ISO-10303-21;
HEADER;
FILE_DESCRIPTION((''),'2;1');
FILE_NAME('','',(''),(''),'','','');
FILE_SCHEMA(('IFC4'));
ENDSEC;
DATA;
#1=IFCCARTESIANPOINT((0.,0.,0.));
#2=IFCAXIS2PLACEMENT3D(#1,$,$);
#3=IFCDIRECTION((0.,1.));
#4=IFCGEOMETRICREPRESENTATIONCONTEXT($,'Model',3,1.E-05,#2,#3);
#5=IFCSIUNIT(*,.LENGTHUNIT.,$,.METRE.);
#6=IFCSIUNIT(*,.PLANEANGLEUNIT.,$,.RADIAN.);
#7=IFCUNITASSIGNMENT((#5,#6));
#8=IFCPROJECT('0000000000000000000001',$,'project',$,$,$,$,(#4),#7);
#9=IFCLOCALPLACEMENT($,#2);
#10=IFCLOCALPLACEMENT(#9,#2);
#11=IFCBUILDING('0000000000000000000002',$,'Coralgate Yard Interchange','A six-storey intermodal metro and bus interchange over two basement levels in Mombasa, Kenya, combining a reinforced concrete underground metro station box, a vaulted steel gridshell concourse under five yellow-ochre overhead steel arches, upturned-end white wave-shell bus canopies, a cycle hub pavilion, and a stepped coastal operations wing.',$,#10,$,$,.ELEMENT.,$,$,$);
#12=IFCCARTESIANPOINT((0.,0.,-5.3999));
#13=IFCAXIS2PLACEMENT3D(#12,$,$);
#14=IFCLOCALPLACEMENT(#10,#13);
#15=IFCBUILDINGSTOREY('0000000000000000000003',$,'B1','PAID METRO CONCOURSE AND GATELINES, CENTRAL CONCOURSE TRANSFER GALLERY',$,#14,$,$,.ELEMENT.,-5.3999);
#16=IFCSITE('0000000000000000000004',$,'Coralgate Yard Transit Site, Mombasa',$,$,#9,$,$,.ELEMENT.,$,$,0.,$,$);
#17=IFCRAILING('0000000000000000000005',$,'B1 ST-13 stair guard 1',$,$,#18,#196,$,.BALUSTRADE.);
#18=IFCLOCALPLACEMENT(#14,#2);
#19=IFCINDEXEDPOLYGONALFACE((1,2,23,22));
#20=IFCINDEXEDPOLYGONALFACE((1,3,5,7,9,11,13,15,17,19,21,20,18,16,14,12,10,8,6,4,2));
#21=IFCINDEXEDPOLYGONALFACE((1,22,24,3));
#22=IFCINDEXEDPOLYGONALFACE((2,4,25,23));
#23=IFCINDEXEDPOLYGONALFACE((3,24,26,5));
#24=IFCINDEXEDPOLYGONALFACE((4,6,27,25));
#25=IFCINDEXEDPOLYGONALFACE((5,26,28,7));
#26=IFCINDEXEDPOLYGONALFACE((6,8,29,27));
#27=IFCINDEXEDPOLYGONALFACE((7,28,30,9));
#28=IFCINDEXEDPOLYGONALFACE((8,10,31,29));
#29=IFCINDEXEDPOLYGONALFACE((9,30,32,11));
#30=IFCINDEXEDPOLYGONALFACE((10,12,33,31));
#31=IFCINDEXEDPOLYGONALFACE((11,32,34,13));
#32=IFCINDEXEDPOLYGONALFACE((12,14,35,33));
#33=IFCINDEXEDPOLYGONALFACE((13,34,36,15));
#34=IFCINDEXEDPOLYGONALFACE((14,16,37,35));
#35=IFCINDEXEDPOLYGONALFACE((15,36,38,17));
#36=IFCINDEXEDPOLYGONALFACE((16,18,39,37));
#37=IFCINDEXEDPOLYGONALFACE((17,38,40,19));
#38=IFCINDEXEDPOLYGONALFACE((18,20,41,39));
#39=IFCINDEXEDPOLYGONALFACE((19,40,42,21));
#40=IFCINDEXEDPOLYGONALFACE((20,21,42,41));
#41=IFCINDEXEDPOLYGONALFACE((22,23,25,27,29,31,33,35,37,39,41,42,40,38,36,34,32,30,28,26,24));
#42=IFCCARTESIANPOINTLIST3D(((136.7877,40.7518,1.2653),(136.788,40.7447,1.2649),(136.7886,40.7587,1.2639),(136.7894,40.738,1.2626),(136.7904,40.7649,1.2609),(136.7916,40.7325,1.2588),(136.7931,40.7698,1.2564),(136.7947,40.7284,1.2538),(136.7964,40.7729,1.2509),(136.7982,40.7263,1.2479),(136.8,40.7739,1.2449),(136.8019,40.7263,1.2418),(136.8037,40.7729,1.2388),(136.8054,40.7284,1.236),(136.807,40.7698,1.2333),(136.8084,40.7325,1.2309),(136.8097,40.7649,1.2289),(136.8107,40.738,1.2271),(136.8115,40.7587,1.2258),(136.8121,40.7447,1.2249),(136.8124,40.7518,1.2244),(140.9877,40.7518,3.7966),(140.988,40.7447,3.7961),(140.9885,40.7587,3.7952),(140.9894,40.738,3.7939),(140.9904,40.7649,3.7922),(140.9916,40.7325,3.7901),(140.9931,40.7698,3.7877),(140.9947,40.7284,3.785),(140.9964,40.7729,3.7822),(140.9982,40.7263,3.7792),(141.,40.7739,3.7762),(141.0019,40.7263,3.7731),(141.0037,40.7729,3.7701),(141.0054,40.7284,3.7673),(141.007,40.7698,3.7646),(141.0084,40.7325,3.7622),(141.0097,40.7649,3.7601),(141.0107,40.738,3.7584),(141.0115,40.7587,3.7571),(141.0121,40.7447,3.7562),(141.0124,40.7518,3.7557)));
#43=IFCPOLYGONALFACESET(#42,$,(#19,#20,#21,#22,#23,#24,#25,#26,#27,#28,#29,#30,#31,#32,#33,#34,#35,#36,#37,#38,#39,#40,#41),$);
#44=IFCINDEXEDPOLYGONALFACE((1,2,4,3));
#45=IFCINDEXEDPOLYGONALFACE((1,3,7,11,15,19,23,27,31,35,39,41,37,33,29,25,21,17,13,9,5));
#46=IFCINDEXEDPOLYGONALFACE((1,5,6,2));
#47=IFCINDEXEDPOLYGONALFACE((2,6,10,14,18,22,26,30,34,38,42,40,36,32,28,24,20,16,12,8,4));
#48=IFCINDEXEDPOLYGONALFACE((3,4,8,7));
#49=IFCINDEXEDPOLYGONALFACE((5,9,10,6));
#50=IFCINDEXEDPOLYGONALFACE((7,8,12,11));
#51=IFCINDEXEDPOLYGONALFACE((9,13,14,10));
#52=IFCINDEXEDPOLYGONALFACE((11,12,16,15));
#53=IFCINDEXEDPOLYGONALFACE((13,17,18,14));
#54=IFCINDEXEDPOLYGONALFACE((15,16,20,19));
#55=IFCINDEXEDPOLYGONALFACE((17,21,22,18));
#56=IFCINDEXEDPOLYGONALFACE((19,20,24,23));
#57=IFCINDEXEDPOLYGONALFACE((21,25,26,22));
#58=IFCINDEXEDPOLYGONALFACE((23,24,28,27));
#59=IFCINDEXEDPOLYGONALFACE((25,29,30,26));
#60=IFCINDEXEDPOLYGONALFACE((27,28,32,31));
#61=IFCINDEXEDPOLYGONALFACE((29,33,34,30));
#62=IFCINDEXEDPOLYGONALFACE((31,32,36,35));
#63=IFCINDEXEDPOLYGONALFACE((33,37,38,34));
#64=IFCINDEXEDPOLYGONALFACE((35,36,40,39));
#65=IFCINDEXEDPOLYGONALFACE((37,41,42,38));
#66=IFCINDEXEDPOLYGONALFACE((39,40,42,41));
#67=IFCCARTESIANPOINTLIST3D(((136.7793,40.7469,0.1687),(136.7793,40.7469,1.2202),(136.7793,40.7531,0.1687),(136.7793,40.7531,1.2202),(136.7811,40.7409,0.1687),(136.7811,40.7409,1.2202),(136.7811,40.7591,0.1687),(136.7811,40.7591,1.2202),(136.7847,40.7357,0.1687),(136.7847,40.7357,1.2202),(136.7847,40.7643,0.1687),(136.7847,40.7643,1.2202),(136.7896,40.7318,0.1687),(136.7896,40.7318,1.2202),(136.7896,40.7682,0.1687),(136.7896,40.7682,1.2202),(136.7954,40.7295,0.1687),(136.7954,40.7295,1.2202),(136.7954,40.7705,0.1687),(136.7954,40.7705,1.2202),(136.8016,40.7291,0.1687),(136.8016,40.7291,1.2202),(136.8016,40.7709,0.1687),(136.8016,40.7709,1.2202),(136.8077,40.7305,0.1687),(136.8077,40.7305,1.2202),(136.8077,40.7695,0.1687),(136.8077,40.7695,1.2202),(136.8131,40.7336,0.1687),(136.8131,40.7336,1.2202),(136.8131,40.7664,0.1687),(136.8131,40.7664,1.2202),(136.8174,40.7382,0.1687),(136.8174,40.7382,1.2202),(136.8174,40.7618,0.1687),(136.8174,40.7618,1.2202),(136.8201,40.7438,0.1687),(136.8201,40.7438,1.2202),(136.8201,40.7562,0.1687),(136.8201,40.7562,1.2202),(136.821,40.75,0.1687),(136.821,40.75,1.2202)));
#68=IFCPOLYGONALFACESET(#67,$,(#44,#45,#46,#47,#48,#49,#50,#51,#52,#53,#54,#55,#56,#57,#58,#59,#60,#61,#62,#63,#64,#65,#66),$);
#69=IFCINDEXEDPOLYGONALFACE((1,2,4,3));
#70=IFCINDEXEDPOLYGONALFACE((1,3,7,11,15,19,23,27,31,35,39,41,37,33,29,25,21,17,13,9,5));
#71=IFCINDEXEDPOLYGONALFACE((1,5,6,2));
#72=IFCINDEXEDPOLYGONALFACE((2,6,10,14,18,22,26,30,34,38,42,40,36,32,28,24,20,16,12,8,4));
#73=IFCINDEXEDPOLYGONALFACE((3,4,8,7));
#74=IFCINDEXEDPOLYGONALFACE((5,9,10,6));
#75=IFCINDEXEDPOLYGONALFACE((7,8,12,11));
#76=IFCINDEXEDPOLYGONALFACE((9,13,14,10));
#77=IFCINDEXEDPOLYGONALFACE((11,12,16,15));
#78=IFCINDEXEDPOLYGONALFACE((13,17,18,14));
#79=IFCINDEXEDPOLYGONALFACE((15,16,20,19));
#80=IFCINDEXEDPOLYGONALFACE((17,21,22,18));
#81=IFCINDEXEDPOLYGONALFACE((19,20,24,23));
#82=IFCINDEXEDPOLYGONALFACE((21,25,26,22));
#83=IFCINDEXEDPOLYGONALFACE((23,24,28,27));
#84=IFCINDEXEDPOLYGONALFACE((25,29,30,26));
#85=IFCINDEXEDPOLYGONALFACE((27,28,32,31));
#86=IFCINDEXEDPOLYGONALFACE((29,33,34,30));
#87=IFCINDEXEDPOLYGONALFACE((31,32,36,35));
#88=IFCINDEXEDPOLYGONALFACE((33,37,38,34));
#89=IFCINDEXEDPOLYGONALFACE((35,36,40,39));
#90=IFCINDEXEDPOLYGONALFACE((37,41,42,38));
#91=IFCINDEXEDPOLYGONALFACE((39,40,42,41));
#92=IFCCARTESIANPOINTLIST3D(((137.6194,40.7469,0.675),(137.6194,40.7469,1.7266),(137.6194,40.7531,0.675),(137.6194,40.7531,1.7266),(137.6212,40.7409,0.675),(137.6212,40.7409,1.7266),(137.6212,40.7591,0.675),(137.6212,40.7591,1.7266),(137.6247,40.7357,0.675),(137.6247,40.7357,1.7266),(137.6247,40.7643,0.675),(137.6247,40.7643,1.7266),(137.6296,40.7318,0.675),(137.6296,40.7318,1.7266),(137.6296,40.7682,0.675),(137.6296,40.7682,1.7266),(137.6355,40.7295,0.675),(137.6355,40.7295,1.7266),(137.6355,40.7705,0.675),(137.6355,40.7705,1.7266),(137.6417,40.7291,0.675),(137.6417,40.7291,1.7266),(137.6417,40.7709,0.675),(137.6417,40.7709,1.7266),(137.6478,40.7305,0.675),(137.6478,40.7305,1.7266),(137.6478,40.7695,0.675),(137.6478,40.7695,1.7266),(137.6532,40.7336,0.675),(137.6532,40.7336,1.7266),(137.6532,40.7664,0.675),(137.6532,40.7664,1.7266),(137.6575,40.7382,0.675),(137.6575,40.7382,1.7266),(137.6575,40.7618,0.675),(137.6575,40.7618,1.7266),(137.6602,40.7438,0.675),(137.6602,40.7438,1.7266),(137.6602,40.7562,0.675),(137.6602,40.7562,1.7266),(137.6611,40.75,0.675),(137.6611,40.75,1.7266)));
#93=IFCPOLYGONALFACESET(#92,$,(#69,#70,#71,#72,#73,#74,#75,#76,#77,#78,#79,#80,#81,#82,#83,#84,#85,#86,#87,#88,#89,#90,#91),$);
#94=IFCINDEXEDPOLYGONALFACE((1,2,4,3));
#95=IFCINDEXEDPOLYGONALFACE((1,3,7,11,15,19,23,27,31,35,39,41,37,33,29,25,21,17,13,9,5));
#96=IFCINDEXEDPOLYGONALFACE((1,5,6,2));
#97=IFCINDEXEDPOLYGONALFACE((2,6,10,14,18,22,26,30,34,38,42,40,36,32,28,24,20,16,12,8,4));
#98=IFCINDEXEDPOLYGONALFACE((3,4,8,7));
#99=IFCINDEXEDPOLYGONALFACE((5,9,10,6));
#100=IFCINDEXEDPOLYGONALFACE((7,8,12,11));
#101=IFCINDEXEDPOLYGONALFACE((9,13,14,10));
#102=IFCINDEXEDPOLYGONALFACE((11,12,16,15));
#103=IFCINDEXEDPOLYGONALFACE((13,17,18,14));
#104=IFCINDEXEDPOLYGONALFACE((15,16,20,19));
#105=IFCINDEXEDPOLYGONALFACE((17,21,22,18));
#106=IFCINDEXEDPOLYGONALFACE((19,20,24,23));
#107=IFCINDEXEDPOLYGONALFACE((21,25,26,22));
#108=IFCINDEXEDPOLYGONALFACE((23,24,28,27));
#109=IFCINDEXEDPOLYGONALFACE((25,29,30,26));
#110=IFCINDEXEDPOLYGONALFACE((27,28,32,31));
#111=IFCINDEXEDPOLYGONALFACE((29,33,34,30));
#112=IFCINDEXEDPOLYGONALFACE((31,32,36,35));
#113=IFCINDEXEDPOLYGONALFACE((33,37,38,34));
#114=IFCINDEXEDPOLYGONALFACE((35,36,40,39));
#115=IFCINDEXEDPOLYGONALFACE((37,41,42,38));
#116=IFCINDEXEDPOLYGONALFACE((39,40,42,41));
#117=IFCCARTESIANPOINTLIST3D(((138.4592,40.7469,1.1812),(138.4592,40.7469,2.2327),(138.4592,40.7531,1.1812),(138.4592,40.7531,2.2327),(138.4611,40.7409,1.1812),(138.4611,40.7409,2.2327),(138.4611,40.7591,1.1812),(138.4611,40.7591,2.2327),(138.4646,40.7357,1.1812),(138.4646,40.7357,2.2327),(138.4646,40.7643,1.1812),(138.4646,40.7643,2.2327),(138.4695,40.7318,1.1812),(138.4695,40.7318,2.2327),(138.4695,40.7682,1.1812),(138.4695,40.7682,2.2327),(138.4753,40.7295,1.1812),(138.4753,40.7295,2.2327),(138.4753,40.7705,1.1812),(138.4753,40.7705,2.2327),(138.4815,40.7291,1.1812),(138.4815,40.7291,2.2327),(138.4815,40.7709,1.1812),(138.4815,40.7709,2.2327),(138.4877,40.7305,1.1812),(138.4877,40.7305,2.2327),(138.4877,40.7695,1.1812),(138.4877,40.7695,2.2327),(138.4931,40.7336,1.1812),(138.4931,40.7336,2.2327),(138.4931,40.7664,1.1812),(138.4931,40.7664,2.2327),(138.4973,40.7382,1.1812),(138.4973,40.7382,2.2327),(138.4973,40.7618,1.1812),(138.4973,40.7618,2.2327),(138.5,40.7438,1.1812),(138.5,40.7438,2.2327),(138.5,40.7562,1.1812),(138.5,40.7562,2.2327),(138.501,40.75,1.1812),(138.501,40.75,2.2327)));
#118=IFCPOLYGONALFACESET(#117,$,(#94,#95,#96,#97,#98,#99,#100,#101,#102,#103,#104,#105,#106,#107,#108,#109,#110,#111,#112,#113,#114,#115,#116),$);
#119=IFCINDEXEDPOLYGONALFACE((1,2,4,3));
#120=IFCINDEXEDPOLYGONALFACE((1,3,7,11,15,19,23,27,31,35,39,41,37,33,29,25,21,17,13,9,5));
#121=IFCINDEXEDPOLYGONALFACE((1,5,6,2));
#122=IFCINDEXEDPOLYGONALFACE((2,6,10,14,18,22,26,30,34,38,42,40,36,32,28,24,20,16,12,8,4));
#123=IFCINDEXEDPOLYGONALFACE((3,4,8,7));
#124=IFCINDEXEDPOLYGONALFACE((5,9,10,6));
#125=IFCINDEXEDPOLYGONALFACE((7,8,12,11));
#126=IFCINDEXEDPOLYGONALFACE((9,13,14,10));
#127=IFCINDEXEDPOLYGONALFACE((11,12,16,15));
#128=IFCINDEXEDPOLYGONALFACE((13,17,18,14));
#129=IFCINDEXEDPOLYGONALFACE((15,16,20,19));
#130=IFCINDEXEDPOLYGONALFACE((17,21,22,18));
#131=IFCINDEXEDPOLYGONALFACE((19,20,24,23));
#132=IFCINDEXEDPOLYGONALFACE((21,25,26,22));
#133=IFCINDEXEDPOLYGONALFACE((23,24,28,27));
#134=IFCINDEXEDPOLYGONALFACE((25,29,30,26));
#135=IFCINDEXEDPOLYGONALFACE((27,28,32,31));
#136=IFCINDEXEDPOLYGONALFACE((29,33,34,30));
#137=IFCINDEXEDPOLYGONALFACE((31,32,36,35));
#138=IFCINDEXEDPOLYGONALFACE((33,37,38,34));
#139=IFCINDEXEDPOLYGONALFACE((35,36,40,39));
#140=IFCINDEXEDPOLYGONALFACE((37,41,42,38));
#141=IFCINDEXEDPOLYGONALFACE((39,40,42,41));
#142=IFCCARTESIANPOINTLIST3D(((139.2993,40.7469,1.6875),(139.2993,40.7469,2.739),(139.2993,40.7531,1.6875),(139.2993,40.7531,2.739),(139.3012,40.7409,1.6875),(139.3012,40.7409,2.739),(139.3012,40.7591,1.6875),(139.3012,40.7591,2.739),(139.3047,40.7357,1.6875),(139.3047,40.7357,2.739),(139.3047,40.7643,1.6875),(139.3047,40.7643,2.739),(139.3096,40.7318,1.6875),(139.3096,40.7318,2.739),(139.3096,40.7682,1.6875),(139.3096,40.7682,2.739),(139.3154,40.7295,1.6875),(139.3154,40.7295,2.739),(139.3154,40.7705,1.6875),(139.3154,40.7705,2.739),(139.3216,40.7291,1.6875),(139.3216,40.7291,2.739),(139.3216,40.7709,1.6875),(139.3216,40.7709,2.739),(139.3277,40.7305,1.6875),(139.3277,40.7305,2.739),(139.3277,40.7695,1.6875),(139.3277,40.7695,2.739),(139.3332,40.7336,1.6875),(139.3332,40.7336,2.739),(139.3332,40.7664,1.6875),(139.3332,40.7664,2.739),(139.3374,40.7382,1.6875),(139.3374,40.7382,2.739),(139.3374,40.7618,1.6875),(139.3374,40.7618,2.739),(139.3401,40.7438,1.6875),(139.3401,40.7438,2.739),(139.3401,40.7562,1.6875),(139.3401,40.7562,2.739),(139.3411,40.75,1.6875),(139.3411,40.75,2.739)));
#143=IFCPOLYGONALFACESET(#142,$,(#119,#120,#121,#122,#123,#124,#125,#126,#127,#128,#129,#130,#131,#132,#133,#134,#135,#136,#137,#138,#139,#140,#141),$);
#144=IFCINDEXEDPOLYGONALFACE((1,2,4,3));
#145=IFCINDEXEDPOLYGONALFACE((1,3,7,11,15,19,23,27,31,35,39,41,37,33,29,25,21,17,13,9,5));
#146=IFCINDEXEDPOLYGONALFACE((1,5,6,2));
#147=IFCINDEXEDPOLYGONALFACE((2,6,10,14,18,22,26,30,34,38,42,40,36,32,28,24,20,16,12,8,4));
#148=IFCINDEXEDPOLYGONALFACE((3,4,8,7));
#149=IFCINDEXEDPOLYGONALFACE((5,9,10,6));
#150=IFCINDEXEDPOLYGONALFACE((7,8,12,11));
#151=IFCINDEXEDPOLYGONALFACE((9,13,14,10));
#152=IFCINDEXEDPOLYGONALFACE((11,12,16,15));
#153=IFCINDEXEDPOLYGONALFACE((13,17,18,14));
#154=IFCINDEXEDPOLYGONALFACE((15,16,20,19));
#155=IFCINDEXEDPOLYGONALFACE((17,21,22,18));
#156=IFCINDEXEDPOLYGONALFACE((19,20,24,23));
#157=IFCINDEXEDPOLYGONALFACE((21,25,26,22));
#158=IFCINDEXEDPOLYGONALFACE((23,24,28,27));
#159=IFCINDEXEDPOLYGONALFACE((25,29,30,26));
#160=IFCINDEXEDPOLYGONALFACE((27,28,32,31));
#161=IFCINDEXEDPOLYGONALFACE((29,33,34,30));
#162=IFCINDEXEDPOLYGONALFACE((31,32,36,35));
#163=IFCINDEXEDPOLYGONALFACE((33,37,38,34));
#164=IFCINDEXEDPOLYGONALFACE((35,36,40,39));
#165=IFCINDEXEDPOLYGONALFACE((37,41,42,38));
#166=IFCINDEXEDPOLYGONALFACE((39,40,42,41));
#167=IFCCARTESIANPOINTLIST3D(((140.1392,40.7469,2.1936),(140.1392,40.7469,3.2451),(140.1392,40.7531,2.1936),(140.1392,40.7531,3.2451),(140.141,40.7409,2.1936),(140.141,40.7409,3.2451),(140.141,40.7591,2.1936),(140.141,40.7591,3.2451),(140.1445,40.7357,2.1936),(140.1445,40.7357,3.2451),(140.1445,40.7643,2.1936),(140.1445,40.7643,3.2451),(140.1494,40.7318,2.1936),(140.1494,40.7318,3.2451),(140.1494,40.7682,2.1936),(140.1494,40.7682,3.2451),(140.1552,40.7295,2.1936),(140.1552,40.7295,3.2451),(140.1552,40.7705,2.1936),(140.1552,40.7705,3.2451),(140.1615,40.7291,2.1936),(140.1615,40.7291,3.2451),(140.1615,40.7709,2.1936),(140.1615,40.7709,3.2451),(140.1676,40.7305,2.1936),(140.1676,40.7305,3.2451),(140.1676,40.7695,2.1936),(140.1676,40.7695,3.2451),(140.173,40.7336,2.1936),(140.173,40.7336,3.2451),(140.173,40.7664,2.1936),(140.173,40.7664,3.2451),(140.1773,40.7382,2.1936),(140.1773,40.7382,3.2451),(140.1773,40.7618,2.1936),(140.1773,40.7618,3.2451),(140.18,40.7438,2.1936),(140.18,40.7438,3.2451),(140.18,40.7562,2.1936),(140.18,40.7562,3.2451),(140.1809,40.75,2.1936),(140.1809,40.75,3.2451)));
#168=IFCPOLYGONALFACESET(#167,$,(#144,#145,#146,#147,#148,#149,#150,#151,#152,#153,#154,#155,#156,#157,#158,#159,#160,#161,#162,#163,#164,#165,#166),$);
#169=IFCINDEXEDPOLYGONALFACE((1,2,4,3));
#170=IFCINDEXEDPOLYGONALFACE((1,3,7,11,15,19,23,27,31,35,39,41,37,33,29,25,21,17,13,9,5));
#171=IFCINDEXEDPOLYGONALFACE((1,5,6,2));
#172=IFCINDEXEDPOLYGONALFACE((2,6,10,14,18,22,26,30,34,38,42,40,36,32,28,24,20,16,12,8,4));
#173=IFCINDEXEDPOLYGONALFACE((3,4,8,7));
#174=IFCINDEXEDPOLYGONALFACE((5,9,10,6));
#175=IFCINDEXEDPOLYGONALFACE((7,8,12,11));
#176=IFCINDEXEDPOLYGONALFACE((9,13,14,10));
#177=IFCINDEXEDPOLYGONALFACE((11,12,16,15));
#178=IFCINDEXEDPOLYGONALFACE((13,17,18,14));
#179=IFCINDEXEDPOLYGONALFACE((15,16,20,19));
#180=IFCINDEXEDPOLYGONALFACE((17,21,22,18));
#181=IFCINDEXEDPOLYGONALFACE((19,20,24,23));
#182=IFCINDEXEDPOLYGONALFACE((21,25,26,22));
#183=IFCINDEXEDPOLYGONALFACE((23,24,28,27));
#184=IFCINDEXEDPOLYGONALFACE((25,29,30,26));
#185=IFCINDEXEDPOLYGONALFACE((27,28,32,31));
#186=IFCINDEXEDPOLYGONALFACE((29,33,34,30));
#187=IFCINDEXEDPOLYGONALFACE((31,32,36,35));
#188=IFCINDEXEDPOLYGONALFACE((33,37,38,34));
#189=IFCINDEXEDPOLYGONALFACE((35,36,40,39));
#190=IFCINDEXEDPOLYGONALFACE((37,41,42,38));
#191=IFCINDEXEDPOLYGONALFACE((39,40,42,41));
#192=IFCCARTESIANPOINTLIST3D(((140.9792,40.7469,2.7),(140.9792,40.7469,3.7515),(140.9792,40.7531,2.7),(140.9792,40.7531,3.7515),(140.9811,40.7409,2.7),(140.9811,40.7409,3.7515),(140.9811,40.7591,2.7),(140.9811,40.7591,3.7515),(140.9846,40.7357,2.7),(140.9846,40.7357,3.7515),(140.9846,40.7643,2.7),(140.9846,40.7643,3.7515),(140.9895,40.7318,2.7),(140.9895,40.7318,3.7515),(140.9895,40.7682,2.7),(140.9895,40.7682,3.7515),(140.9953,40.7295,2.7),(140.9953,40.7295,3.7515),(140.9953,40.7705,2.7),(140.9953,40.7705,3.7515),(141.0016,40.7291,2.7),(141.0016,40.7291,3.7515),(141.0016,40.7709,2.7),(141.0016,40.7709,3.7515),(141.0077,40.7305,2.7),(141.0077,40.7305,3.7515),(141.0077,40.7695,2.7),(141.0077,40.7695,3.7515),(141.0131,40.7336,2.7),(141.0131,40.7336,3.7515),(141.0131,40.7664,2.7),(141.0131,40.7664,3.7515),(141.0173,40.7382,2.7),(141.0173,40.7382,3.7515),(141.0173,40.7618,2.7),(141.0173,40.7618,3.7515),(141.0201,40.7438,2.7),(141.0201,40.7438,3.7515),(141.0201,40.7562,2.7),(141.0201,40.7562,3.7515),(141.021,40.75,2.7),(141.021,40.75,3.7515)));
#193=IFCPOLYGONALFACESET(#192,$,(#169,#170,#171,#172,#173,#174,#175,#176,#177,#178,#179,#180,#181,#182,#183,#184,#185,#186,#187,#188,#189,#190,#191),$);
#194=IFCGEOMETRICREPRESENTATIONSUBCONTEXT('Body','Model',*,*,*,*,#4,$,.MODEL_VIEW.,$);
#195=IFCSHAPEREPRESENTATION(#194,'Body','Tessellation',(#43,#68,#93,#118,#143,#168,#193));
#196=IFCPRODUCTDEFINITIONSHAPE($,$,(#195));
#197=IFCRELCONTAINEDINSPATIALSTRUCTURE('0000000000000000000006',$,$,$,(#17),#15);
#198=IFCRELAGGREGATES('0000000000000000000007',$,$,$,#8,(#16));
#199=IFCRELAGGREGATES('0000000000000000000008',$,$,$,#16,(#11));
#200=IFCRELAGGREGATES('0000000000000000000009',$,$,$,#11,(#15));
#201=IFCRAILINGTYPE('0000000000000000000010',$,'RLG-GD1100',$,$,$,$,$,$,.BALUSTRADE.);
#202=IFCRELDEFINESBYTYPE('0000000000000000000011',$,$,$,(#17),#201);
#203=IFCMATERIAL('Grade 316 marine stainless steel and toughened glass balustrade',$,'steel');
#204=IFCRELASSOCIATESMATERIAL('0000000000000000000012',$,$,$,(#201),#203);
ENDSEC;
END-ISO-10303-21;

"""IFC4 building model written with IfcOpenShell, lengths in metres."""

from ifc_helpers import new_model, si_unit, direction, frame, origin, origin_2d, place, context, subcontext, project, spatial, circle, extrude, material, type_object, element, save


model = new_model("IFC4")

# Units and contexts
model_context = context("Model", 3, precision=1e-05, world=origin(), true_north=direction((0.0, 1.0)))
body_context = subcontext(model_context, "Body", "Model", "MODEL_VIEW")
ifc_project = project(units=[si_unit("LENGTHUNIT", "METRE"), si_unit("PLANEANGLEUNIT", "RADIAN")], contexts=[model_context])

# Site, building, storey
site_placement = place(None, origin())
site = spatial("IfcSite", under=ifc_project, at=site_placement, Name="Coralgate Yard Transit Site, Mombasa", CompositionType="ELEMENT", RefElevation=0.0)
building_placement = place(site_placement, origin())
building = spatial("IfcBuilding", under=site, at=building_placement, Name="Coralgate Yard Interchange", Description="A six-storey intermodal metro and bus interchange over two basement levels in Mombasa, Kenya, combining a reinforced concrete underground metro station box, a vaulted steel gridshell concourse under five yellow-ochre overhead steel arches, upturned-end white wave-shell bus canopies, a cycle hub pavilion, and a stepped coastal operations wing.", CompositionType="ELEMENT")
storey_placement = place(building_placement, frame((0.0, 0.0, -5.3999)))
storey = spatial("IfcBuildingStorey", under=building, at=storey_placement, Name="B1", Description="PAID METRO CONCOURSE AND GATELINES, CENTRAL CONCOURSE TRANSFER GALLERY", CompositionType="ELEMENT", Elevation=-5.3999)

# Railing
ifc_material_1 = material(Name="Grade 316 marine stainless steel and toughened glass balustrade", Category="steel")
railing_type_1 = type_object("IfcRailingType", Name="RLG-GD1100", PredefinedType="BALUSTRADE", material=ifc_material_1)
railing_1_placement = place(storey_placement, frame((136.8, 40.75, 0.1687)))
element("IfcRailing", 1, at=railing_1_placement, inside=storey, type_object=railing_type_1, Name="B1 ST-13 stair guard 1", PredefinedType="BALUSTRADE", context=body_context, shape_type="SweptSolid", body=[
    extrude(circle(Radius=0.0239, at=origin_2d()), frame((0.0, 0.0, 1.0762), z_axis=(0.856476, 0.0, 0.516186), x_axis=(0.0, 1.0, 0.0)), (0.0, 0.0, 1.0), 4.9038),
    extrude(circle(Radius=0.021, at=origin_2d()), origin(), (0.0, 0.0, 1.0), 1.0515),
    extrude(circle(Radius=0.021, at=origin_2d()), frame((0.8401, 0.0, 0.5063)), (0.0, 0.0, 1.0), 1.0515),
    extrude(circle(Radius=0.021, at=origin_2d()), frame((1.6799, 0.0, 1.0125)), (0.0, 0.0, 1.0), 1.0515),
    extrude(circle(Radius=0.021, at=origin_2d()), frame((2.52, 0.0, 1.5188)), (0.0, 0.0, 1.0), 1.0515),
    extrude(circle(Radius=0.021, at=origin_2d()), frame((3.3599, 0.0, 2.0249)), (0.0, 0.0, 1.0), 1.0515),
    extrude(circle(Radius=0.021, at=origin_2d()), frame((4.2, 0.0, 2.5312)), (0.0, 0.0, 1.0), 1.0515),
])

save(model, "model.ifc")
